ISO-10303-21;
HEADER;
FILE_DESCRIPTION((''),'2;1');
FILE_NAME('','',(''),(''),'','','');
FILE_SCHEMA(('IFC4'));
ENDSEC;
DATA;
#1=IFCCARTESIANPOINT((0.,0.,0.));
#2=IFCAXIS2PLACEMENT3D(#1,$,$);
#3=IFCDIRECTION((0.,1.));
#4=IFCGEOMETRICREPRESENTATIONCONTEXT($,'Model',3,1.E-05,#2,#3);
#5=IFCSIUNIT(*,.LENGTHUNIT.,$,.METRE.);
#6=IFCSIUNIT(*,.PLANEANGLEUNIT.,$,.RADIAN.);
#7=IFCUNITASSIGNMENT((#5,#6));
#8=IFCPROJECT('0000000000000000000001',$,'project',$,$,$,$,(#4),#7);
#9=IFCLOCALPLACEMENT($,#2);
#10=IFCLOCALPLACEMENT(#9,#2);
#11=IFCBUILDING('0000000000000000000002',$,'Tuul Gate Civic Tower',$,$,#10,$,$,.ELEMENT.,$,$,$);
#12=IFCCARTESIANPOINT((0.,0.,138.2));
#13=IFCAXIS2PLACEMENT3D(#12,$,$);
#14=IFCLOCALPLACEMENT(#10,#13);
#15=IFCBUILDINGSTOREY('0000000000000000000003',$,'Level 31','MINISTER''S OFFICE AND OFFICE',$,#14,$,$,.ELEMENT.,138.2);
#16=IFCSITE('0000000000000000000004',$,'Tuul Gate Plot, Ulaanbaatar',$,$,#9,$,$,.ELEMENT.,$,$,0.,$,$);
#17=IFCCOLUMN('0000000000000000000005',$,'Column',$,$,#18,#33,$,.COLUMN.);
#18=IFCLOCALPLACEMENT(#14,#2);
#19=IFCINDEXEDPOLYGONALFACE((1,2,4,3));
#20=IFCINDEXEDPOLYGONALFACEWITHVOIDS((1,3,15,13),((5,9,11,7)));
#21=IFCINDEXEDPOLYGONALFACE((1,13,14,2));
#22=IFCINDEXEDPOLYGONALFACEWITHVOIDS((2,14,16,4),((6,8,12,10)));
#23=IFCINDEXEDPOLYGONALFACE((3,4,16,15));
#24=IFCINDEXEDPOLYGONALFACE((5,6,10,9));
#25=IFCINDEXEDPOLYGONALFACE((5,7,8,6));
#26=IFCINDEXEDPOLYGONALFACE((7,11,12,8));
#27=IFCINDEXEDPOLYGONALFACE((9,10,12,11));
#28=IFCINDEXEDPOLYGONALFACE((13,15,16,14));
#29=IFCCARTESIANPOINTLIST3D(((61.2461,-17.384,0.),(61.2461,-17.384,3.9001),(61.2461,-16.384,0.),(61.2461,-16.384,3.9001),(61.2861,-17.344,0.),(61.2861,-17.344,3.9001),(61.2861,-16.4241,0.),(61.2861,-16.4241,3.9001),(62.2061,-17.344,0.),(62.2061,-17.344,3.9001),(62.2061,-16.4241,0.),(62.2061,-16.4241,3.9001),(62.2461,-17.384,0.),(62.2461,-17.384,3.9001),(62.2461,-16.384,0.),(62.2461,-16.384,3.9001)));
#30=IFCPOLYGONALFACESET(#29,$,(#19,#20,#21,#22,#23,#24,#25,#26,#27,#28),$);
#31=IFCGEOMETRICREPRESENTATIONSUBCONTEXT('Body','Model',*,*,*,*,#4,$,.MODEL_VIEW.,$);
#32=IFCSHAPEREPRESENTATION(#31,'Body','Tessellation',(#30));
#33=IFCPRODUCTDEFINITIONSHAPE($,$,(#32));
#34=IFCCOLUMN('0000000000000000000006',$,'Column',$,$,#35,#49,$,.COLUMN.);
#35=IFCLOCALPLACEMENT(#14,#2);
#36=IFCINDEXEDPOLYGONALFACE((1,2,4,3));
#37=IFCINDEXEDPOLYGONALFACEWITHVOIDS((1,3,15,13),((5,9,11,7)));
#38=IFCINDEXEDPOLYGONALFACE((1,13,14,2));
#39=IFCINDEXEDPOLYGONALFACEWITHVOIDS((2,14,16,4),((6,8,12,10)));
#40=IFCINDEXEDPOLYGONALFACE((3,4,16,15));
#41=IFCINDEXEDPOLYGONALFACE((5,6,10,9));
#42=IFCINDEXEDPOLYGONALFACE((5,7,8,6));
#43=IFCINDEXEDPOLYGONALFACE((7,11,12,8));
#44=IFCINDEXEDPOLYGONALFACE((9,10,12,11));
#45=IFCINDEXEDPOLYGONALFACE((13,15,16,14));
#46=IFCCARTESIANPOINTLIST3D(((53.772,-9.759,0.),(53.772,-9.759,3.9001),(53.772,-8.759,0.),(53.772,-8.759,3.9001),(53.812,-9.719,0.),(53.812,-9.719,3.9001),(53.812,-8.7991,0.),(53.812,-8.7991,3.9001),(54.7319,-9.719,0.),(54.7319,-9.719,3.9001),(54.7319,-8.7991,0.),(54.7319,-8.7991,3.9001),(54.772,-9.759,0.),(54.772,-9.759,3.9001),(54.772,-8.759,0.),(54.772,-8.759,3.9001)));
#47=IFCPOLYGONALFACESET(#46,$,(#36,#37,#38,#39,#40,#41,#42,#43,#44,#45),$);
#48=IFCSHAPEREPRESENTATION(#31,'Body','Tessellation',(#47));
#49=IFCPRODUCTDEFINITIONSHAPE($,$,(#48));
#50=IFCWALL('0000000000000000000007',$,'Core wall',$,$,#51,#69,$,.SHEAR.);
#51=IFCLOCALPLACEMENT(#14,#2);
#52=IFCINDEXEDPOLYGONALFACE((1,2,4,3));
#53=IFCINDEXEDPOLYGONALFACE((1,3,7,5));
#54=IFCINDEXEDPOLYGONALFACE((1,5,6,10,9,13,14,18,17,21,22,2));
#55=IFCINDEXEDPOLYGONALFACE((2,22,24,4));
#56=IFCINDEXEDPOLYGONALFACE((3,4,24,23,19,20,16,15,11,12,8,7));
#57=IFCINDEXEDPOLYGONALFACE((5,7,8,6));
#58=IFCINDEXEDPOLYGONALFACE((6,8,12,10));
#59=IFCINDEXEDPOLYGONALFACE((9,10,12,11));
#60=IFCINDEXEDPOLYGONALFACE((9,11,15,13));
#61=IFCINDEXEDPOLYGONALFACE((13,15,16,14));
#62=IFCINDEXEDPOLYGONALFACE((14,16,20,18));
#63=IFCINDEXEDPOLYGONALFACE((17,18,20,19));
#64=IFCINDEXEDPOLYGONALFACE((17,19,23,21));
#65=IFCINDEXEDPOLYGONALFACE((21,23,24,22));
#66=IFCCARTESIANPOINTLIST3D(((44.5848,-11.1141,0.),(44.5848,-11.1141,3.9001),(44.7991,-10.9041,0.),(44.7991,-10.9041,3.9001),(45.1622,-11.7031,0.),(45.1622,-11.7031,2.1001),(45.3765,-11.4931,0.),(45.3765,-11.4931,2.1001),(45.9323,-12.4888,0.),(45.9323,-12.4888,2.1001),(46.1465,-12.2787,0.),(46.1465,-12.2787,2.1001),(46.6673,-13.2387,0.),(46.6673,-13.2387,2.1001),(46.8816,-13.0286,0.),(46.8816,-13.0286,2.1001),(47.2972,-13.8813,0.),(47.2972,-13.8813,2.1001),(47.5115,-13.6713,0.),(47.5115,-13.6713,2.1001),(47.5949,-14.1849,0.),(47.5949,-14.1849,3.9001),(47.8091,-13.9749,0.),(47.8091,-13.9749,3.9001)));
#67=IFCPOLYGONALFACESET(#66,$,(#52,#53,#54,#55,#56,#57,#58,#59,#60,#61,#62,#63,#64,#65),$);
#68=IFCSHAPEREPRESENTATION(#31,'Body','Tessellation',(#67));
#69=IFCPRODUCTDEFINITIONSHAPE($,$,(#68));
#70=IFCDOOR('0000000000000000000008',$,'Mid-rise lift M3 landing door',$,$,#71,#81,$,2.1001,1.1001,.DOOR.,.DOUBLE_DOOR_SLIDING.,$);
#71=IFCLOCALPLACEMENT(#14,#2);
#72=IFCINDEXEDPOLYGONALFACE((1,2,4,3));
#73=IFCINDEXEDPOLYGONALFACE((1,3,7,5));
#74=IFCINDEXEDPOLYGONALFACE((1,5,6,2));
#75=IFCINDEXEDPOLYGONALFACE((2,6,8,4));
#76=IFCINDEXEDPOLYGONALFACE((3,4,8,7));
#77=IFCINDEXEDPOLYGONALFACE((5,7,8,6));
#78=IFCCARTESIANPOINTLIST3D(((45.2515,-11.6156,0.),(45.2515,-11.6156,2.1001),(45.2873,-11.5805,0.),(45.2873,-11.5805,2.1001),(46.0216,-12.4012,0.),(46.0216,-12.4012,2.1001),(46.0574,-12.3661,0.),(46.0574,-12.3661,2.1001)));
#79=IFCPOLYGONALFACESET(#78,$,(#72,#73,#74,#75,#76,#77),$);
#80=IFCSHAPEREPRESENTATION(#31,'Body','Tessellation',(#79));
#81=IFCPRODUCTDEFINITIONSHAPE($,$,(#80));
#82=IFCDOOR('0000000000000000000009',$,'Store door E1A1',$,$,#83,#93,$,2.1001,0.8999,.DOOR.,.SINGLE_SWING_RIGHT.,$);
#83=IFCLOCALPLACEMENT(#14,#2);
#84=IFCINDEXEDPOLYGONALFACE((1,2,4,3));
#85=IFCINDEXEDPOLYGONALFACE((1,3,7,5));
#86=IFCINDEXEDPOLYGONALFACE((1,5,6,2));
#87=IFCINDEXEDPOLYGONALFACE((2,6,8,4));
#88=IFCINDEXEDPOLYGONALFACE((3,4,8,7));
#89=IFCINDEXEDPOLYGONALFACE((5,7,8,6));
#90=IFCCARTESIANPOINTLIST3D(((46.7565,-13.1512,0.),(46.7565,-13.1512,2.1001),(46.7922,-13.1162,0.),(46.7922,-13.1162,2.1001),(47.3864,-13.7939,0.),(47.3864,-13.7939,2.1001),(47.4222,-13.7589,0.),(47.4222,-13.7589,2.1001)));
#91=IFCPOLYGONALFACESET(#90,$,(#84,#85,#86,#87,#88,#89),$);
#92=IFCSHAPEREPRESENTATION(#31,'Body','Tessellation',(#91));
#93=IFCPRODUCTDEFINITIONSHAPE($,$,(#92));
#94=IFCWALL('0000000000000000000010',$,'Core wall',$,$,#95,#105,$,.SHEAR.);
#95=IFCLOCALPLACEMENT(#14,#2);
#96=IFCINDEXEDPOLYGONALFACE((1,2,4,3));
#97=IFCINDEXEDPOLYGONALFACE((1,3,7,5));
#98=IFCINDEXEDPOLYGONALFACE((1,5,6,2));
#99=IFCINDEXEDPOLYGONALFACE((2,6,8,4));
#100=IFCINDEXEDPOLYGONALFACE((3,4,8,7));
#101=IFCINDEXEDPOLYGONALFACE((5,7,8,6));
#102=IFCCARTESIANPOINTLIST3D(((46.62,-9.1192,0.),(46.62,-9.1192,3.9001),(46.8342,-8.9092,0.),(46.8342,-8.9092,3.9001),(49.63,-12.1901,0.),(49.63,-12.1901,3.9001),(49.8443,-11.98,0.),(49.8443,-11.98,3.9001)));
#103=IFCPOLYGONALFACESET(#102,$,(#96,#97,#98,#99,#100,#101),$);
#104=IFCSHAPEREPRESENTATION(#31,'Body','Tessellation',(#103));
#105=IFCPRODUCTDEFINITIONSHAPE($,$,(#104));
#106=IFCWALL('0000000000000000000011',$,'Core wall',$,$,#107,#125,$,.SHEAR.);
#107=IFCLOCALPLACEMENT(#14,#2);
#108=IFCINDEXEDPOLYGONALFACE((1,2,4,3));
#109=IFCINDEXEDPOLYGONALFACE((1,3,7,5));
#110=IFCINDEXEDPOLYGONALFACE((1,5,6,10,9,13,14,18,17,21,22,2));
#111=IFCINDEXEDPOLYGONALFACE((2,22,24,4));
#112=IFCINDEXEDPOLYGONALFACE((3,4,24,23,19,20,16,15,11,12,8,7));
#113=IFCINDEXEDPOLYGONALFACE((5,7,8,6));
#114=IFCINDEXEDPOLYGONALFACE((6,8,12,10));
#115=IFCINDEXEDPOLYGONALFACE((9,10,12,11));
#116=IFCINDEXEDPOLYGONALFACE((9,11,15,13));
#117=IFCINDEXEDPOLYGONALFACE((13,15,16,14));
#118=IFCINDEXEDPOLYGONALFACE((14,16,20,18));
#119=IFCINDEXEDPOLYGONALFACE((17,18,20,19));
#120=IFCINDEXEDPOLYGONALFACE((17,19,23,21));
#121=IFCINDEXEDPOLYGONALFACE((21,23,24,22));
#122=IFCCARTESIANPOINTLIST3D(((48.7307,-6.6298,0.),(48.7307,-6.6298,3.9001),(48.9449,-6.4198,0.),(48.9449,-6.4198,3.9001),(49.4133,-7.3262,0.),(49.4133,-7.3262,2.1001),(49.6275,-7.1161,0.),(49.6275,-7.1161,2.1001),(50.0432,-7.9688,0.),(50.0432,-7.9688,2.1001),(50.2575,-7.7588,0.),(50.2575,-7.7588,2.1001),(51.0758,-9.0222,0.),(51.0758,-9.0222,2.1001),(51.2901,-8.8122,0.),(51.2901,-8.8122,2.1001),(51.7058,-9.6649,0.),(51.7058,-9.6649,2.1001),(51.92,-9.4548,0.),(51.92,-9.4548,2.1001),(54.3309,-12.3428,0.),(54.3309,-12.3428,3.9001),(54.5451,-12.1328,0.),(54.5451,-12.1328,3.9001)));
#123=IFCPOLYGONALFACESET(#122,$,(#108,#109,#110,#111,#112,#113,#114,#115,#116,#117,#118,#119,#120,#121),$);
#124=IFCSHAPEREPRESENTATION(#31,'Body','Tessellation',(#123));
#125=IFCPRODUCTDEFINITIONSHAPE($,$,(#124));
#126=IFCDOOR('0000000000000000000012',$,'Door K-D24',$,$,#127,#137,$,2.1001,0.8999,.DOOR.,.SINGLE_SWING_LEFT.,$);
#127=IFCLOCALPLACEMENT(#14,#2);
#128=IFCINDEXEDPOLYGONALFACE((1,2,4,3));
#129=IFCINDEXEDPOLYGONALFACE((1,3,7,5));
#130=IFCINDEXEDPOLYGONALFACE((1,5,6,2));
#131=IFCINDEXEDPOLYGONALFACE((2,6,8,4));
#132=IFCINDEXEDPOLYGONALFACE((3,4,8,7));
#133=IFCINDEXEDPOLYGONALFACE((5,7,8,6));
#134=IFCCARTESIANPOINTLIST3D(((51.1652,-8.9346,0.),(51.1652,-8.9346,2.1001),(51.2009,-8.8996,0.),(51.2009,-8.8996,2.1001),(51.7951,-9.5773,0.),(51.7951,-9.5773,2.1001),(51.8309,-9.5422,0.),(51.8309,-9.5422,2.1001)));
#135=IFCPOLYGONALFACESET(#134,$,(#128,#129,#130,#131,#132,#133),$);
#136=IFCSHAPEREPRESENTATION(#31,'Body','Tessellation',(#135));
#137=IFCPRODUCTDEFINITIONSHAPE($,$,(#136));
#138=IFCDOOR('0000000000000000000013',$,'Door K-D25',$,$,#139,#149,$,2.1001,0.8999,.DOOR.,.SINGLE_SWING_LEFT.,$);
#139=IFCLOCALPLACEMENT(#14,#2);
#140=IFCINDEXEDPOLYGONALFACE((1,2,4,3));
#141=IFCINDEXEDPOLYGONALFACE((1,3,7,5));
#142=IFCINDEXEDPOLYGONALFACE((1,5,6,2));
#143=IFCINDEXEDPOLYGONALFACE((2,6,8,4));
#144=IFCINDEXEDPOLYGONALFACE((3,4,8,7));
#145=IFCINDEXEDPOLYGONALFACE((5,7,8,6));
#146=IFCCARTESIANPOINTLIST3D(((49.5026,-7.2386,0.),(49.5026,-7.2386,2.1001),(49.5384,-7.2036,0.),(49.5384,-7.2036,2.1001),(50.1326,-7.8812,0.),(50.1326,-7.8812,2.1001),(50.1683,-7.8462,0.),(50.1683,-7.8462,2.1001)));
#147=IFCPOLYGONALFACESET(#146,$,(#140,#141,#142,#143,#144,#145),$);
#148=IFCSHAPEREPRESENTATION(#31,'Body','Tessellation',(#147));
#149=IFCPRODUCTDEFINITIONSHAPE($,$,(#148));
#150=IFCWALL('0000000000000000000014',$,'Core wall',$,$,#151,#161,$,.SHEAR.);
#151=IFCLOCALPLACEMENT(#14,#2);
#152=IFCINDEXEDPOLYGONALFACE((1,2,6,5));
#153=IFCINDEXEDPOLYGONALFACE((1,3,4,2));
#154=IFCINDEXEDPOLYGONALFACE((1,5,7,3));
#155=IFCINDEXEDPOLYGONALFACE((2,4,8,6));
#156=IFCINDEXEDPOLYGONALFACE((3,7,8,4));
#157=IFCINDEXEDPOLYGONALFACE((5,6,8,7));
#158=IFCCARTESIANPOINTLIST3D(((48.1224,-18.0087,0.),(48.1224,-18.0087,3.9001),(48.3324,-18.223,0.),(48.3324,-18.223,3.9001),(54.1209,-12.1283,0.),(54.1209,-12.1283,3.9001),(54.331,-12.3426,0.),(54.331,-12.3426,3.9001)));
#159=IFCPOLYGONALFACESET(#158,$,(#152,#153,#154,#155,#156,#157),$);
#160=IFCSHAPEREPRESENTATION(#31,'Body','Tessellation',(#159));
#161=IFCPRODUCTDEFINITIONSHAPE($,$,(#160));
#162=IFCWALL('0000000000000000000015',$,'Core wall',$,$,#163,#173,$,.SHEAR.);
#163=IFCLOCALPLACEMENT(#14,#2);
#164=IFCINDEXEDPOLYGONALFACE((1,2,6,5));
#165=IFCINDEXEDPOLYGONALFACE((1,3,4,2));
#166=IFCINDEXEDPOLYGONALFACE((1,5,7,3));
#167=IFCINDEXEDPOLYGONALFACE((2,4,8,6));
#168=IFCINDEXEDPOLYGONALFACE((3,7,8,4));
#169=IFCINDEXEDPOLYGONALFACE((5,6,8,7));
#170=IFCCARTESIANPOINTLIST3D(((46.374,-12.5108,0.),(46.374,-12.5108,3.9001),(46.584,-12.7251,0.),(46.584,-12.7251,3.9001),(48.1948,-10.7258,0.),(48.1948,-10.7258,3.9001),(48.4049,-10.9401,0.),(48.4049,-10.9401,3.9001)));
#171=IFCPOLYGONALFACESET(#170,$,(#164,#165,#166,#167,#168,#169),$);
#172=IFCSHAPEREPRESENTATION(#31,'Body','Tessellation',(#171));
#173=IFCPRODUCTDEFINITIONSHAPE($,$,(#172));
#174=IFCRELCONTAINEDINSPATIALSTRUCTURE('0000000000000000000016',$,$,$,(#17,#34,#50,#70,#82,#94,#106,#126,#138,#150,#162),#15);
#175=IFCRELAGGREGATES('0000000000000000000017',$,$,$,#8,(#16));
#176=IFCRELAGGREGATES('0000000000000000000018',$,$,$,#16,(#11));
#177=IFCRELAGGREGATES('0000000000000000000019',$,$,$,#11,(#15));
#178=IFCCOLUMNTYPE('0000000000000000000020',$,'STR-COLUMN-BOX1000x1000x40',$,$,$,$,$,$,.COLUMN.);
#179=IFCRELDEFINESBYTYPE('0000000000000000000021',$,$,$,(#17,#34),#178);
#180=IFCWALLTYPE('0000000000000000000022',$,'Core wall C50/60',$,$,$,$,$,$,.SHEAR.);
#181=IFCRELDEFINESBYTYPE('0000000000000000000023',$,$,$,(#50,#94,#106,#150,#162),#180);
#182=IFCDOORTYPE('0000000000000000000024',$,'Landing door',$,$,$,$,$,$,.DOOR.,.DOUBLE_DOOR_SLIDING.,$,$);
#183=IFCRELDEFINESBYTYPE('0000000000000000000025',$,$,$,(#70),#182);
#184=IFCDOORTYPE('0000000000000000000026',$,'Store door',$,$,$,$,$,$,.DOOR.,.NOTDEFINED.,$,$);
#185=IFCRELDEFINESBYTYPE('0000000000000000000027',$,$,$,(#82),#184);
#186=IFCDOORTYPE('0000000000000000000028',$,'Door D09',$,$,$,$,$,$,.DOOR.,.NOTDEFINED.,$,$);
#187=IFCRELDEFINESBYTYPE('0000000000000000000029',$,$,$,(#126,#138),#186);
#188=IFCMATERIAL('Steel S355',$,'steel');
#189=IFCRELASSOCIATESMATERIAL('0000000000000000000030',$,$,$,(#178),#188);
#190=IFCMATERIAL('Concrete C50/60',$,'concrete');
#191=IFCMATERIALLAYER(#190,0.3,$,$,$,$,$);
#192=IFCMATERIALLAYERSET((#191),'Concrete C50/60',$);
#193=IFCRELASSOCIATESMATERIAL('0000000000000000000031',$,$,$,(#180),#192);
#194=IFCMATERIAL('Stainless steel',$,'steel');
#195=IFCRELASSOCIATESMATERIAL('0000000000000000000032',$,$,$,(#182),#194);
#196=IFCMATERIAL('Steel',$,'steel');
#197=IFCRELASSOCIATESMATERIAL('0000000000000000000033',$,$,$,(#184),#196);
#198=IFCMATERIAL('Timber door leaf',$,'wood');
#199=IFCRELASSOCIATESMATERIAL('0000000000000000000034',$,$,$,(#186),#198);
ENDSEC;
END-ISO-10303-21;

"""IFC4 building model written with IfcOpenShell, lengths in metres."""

from ifc_helpers import new_model, si_unit, direction, frame, frame_2d, origin, origin_2d, place, context, subcontext, project, spatial, rectangle, hollow_rectangle, extrude, material, layer, layer_set, material_profile, profile_set, type_object, element, fill, save


model = new_model("IFC4")

# Units and contexts
model_context = context("Model", 3, precision=1e-05, world=origin(), true_north=direction((0.0, 1.0)))
body_context = subcontext(model_context, "Body", "Model", "MODEL_VIEW")
ifc_project = project(units=[si_unit("LENGTHUNIT", "METRE"), si_unit("PLANEANGLEUNIT", "RADIAN")], contexts=[model_context])

# Site, building, storey
site_placement = place(None, origin())
site = spatial("IfcSite", under=ifc_project, at=site_placement, Name="Tuul Gate Plot, Ulaanbaatar", CompositionType="ELEMENT", RefElevation=0.0)
building_placement = place(site_placement, origin())
building = spatial("IfcBuilding", under=site, at=building_placement, Name="Tuul Gate Civic Tower", CompositionType="ELEMENT")
storey_placement = place(building_placement, frame((0.0, 0.0, 138.2)))
storey = spatial("IfcBuildingStorey", under=building, at=storey_placement, Name="Level 31", Description="MINISTER'S OFFICE AND OFFICE", CompositionType="ELEMENT", Elevation=138.2)

# Columns
ifc_material_1 = material(Name="Steel S355", Category="steel")
ifc_material_profile_1 = material_profile(ifc_material_1, hollow_rectangle(XDim=1.0, YDim=1.0, WallThickness=0.04, at=origin_2d()), Name="BOX1000x1000x40")
ifc_profile_set_1 = profile_set([ifc_material_profile_1], Name="Steel S355")
column_type = type_object("IfcColumnType", Name="STR-COLUMN-BOX1000x1000x40", PredefinedType="COLUMN", material=ifc_profile_set_1)
for number, where, z_axis, x_axis, name in (
    (1, (61.7461, -16.884, 0.0), (0.0, 0.0, 1.0), (1.0, 0.0, 0.0), "Column"),
    (2, (54.272, -9.259, 0.0), (0.0, 0.0, 1.0), (1.0, 0.0, 0.0), "Column"),
):
    element("IfcColumn", number, at=place(storey_placement, frame(where, z_axis=z_axis, x_axis=x_axis)), inside=storey, type_object=column_type, Name=name, PredefinedType="COLUMN", context=body_context, shape_type="SweptSolid", body=[
        extrude(hollow_rectangle(XDim=1.0, YDim=1.0, WallThickness=0.04, at=origin_2d()), origin(), (0.0, 0.0, 1.0), 3.9001),
    ])

# Wall, openings, doors
ifc_material_2 = material(Name="Concrete C50/60", Category="concrete")
ifc_layer_1 = layer(ifc_material_2, 0.3)
ifc_layer_set_1 = layer_set([ifc_layer_1], Name="Concrete C50/60")
wall_type_1 = type_object("IfcWallType", Name="Core wall C50/60", PredefinedType="SHEAR", material=ifc_layer_set_1)
wall_1_placement = place(storey_placement, frame((47.7019, -14.0798, 0.0), z_axis=(0.0, 0.0, 1.0), x_axis=(-0.700003, 0.71414, 0.0)))
wall_1 = element("IfcWall", 3, at=wall_1_placement, inside=storey, type_object=wall_type_1, Name="Core wall", PredefinedType="SHEAR", context=body_context, shape_type="SweptSolid", body=[
    extrude(rectangle(XDim=4.3, YDim=0.3, at=frame_2d((2.1499, 0.0))), origin(), (0.0, 0.0, 1.0), 3.9001),
])
opening_1_placement = place(wall_1_placement, frame((0.425, 0.0, 0.0)))
opening_1 = element("IfcOpeningElement", 4, at=opening_1_placement, cuts=wall_1, PredefinedType="OPENING", context=body_context, shape_type="SweptSolid", body=[
    extrude(rectangle(XDim=0.8999, YDim=2.1001, at=frame_2d((0.45, 1.05))), frame((0.0, 0.1602, 0.0), z_axis=(0.0, -1.0, 0.0), x_axis=(1.0, 0.0, 0.0)), (0.0, 0.0, 1.0), 0.3201),
])
opening_2_placement = place(wall_1_placement, frame((2.375, 0.0, 0.0)))
opening_2 = element("IfcOpeningElement", 5, at=opening_2_placement, cuts=wall_1, PredefinedType="OPENING", context=body_context, shape_type="SweptSolid", body=[
    extrude(rectangle(XDim=1.1001, YDim=2.1001, at=frame_2d((0.55, 1.05))), frame((0.0, 0.1602, 0.0), z_axis=(0.0, -1.0, 0.0), x_axis=(1.0, 0.0, 0.0)), (0.0, 0.0, 1.0), 0.3201),
])
ifc_material_3 = material(Name="Stainless steel", Category="steel")
door_type_1 = type_object("IfcDoorType", Name="Landing door", OperationType="DOUBLE_DOOR_SLIDING", PredefinedType="DOOR", material=ifc_material_3)
door_1_placement = place(opening_2_placement, origin())
door_1 = element("IfcDoor", 6, at=door_1_placement, inside=storey, type_object=door_type_1, Name="Mid-rise lift M3 landing door", OperationType="DOUBLE_DOOR_SLIDING", OverallHeight=2.1001, OverallWidth=1.1001, PredefinedType="DOOR", context=body_context, shape_type="SweptSolid", body=[
    extrude(rectangle(XDim=1.1001, YDim=2.1001, at=frame_2d((0.55, 1.05))), frame((0.0, 0.0249, 0.0), z_axis=(0.0, -1.0, 0.0), x_axis=(1.0, 0.0, 0.0)), (0.0, 0.0, 1.0), 0.05),
])
fill(opening_2, door_1)
ifc_material_4 = material(Name="Steel", Category="steel")
door_type_2 = type_object("IfcDoorType", Name="Store door", OperationType="NOTDEFINED", PredefinedType="DOOR", material=ifc_material_4)
door_2_placement = place(opening_1_placement, frame((0.8999, 0.0, 0.0), z_axis=(0.0, 0.0, 1.0), x_axis=(-1.0, 0.0, 0.0)))
door_2 = element("IfcDoor", 7, at=door_2_placement, inside=storey, type_object=door_type_2, Name="Store door E1A1", OperationType="SINGLE_SWING_RIGHT", OverallHeight=2.1001, OverallWidth=0.8999, PredefinedType="DOOR", context=body_context, shape_type="SweptSolid", body=[
    extrude(rectangle(XDim=0.8999, YDim=2.1001, at=frame_2d((0.45, 1.05))), frame((0.0, 0.0249, 0.0), z_axis=(0.0, -1.0, 0.0), x_axis=(1.0, 0.0, 0.0)), (0.0, 0.0, 1.0), 0.05),
])
fill(opening_1, door_2)

# Wall
wall_2_placement = place(storey_placement, frame((49.7371, -12.085, 0.0), z_axis=(0.0, 0.0, 1.0), x_axis=(-0.700003, 0.71414, 0.0)))
element("IfcWall", 8, at=wall_2_placement, inside=storey, type_object=wall_type_1, Name="Core wall", PredefinedType="SHEAR", context=body_context, shape_type="SweptSolid", body=[
    extrude(rectangle(XDim=4.3, YDim=0.3, at=frame_2d((2.1499, 0.0))), origin(), (0.0, 0.0, 1.0), 3.9001),
])

# Wall, openings, doors
wall_3_placement = place(storey_placement, frame((54.438, -12.2378, 0.0), z_axis=(0.0, 0.0, 1.0), x_axis=(-0.700022, 0.714121, 0.0)))
wall_3 = element("IfcWall", 9, at=wall_3_placement, inside=storey, type_object=wall_type_1, Name="Core wall", PredefinedType="SHEAR", context=body_context, shape_type="SweptSolid", body=[
    extrude(rectangle(XDim=8.0, YDim=0.3, at=frame_2d((4.0, 0.0))), origin(), (0.0, 0.0, 1.0), 3.9001),
])
opening_3_placement = place(wall_3_placement, frame((3.75, 0.0, 0.0)))
opening_3 = element("IfcOpeningElement", 10, at=opening_3_placement, cuts=wall_3, PredefinedType="OPENING", context=body_context, shape_type="SweptSolid", body=[
    extrude(rectangle(XDim=0.8999, YDim=2.1001, at=frame_2d((0.45, 1.05))), frame((0.0, 0.1602, 0.0), z_axis=(0.0, -1.0, 0.0), x_axis=(1.0, 0.0, 0.0)), (0.0, 0.0, 1.0), 0.3201),
])
opening_4_placement = place(wall_3_placement, frame((6.125, 0.0, 0.0)))
opening_4 = element("IfcOpeningElement", 11, at=opening_4_placement, cuts=wall_3, PredefinedType="OPENING", context=body_context, shape_type="SweptSolid", body=[
    extrude(rectangle(XDim=0.8999, YDim=2.1001, at=frame_2d((0.45, 1.05))), frame((0.0, 0.1602, 0.0), z_axis=(0.0, -1.0, 0.0), x_axis=(1.0, 0.0, 0.0)), (0.0, 0.0, 1.0), 0.3201),
])
ifc_material_5 = material(Name="Timber door leaf", Category="wood")
door_type_3 = type_object("IfcDoorType", Name="Door D09", OperationType="NOTDEFINED", PredefinedType="DOOR", material=ifc_material_5)
door_3_placement = place(opening_3_placement, origin())
door_3 = element("IfcDoor", 12, at=door_3_placement, inside=storey, type_object=door_type_3, Name="Door K-D24", OperationType="SINGLE_SWING_LEFT", OverallHeight=2.1001, OverallWidth=0.8999, PredefinedType="DOOR", context=body_context, shape_type="SweptSolid", body=[
    extrude(rectangle(XDim=0.8999, YDim=2.1001, at=frame_2d((0.45, 1.05))), frame((0.0, 0.0249, 0.0), z_axis=(0.0, -1.0, 0.0), x_axis=(1.0, 0.0, 0.0)), (0.0, 0.0, 1.0), 0.05),
])
fill(opening_3, door_3)
door_4_placement = place(opening_4_placement, origin())
door_4 = element("IfcDoor", 13, at=door_4_placement, inside=storey, type_object=door_type_3, Name="Door K-D25", OperationType="SINGLE_SWING_LEFT", OverallHeight=2.1001, OverallWidth=0.8999, PredefinedType="DOOR", context=body_context, shape_type="SweptSolid", body=[
    extrude(rectangle(XDim=0.8999, YDim=2.1001, at=frame_2d((0.45, 1.05))), frame((0.0, 0.0249, 0.0), z_axis=(0.0, -1.0, 0.0), x_axis=(1.0, 0.0, 0.0)), (0.0, 0.0, 1.0), 0.05),
])
fill(opening_4, door_4)

# Walls
wall_4_placement = place(storey_placement, frame((48.2273, -18.116, 0.0), z_axis=(0.0, 0.0, 1.0), x_axis=(0.714105, 0.700038, 0.0)))
element("IfcWall", 14, at=wall_4_placement, inside=storey, type_object=wall_type_1, Name="Core wall", PredefinedType="SHEAR", context=body_context, shape_type="SweptSolid", body=[
    extrude(rectangle(XDim=8.4001, YDim=0.3, at=frame_2d((4.2002, 0.0))), origin(), (0.0, 0.0, 1.0), 3.9001),
])
wall_5_placement = place(storey_placement, frame((46.479, -12.6179, 0.0), z_axis=(0.0, 0.0, 1.0), x_axis=(0.714109, 0.700034, 0.0)))
element("IfcWall", 15, at=wall_5_placement, inside=storey, type_object=wall_type_1, Name="Core wall", PredefinedType="SHEAR", context=body_context, shape_type="SweptSolid", body=[
    extrude(rectangle(XDim=2.5498, YDim=0.3, at=frame_2d((1.2749, 0.0))), origin(), (0.0, 0.0, 1.0), 3.9001),
])

save(model, "model.ifc")
